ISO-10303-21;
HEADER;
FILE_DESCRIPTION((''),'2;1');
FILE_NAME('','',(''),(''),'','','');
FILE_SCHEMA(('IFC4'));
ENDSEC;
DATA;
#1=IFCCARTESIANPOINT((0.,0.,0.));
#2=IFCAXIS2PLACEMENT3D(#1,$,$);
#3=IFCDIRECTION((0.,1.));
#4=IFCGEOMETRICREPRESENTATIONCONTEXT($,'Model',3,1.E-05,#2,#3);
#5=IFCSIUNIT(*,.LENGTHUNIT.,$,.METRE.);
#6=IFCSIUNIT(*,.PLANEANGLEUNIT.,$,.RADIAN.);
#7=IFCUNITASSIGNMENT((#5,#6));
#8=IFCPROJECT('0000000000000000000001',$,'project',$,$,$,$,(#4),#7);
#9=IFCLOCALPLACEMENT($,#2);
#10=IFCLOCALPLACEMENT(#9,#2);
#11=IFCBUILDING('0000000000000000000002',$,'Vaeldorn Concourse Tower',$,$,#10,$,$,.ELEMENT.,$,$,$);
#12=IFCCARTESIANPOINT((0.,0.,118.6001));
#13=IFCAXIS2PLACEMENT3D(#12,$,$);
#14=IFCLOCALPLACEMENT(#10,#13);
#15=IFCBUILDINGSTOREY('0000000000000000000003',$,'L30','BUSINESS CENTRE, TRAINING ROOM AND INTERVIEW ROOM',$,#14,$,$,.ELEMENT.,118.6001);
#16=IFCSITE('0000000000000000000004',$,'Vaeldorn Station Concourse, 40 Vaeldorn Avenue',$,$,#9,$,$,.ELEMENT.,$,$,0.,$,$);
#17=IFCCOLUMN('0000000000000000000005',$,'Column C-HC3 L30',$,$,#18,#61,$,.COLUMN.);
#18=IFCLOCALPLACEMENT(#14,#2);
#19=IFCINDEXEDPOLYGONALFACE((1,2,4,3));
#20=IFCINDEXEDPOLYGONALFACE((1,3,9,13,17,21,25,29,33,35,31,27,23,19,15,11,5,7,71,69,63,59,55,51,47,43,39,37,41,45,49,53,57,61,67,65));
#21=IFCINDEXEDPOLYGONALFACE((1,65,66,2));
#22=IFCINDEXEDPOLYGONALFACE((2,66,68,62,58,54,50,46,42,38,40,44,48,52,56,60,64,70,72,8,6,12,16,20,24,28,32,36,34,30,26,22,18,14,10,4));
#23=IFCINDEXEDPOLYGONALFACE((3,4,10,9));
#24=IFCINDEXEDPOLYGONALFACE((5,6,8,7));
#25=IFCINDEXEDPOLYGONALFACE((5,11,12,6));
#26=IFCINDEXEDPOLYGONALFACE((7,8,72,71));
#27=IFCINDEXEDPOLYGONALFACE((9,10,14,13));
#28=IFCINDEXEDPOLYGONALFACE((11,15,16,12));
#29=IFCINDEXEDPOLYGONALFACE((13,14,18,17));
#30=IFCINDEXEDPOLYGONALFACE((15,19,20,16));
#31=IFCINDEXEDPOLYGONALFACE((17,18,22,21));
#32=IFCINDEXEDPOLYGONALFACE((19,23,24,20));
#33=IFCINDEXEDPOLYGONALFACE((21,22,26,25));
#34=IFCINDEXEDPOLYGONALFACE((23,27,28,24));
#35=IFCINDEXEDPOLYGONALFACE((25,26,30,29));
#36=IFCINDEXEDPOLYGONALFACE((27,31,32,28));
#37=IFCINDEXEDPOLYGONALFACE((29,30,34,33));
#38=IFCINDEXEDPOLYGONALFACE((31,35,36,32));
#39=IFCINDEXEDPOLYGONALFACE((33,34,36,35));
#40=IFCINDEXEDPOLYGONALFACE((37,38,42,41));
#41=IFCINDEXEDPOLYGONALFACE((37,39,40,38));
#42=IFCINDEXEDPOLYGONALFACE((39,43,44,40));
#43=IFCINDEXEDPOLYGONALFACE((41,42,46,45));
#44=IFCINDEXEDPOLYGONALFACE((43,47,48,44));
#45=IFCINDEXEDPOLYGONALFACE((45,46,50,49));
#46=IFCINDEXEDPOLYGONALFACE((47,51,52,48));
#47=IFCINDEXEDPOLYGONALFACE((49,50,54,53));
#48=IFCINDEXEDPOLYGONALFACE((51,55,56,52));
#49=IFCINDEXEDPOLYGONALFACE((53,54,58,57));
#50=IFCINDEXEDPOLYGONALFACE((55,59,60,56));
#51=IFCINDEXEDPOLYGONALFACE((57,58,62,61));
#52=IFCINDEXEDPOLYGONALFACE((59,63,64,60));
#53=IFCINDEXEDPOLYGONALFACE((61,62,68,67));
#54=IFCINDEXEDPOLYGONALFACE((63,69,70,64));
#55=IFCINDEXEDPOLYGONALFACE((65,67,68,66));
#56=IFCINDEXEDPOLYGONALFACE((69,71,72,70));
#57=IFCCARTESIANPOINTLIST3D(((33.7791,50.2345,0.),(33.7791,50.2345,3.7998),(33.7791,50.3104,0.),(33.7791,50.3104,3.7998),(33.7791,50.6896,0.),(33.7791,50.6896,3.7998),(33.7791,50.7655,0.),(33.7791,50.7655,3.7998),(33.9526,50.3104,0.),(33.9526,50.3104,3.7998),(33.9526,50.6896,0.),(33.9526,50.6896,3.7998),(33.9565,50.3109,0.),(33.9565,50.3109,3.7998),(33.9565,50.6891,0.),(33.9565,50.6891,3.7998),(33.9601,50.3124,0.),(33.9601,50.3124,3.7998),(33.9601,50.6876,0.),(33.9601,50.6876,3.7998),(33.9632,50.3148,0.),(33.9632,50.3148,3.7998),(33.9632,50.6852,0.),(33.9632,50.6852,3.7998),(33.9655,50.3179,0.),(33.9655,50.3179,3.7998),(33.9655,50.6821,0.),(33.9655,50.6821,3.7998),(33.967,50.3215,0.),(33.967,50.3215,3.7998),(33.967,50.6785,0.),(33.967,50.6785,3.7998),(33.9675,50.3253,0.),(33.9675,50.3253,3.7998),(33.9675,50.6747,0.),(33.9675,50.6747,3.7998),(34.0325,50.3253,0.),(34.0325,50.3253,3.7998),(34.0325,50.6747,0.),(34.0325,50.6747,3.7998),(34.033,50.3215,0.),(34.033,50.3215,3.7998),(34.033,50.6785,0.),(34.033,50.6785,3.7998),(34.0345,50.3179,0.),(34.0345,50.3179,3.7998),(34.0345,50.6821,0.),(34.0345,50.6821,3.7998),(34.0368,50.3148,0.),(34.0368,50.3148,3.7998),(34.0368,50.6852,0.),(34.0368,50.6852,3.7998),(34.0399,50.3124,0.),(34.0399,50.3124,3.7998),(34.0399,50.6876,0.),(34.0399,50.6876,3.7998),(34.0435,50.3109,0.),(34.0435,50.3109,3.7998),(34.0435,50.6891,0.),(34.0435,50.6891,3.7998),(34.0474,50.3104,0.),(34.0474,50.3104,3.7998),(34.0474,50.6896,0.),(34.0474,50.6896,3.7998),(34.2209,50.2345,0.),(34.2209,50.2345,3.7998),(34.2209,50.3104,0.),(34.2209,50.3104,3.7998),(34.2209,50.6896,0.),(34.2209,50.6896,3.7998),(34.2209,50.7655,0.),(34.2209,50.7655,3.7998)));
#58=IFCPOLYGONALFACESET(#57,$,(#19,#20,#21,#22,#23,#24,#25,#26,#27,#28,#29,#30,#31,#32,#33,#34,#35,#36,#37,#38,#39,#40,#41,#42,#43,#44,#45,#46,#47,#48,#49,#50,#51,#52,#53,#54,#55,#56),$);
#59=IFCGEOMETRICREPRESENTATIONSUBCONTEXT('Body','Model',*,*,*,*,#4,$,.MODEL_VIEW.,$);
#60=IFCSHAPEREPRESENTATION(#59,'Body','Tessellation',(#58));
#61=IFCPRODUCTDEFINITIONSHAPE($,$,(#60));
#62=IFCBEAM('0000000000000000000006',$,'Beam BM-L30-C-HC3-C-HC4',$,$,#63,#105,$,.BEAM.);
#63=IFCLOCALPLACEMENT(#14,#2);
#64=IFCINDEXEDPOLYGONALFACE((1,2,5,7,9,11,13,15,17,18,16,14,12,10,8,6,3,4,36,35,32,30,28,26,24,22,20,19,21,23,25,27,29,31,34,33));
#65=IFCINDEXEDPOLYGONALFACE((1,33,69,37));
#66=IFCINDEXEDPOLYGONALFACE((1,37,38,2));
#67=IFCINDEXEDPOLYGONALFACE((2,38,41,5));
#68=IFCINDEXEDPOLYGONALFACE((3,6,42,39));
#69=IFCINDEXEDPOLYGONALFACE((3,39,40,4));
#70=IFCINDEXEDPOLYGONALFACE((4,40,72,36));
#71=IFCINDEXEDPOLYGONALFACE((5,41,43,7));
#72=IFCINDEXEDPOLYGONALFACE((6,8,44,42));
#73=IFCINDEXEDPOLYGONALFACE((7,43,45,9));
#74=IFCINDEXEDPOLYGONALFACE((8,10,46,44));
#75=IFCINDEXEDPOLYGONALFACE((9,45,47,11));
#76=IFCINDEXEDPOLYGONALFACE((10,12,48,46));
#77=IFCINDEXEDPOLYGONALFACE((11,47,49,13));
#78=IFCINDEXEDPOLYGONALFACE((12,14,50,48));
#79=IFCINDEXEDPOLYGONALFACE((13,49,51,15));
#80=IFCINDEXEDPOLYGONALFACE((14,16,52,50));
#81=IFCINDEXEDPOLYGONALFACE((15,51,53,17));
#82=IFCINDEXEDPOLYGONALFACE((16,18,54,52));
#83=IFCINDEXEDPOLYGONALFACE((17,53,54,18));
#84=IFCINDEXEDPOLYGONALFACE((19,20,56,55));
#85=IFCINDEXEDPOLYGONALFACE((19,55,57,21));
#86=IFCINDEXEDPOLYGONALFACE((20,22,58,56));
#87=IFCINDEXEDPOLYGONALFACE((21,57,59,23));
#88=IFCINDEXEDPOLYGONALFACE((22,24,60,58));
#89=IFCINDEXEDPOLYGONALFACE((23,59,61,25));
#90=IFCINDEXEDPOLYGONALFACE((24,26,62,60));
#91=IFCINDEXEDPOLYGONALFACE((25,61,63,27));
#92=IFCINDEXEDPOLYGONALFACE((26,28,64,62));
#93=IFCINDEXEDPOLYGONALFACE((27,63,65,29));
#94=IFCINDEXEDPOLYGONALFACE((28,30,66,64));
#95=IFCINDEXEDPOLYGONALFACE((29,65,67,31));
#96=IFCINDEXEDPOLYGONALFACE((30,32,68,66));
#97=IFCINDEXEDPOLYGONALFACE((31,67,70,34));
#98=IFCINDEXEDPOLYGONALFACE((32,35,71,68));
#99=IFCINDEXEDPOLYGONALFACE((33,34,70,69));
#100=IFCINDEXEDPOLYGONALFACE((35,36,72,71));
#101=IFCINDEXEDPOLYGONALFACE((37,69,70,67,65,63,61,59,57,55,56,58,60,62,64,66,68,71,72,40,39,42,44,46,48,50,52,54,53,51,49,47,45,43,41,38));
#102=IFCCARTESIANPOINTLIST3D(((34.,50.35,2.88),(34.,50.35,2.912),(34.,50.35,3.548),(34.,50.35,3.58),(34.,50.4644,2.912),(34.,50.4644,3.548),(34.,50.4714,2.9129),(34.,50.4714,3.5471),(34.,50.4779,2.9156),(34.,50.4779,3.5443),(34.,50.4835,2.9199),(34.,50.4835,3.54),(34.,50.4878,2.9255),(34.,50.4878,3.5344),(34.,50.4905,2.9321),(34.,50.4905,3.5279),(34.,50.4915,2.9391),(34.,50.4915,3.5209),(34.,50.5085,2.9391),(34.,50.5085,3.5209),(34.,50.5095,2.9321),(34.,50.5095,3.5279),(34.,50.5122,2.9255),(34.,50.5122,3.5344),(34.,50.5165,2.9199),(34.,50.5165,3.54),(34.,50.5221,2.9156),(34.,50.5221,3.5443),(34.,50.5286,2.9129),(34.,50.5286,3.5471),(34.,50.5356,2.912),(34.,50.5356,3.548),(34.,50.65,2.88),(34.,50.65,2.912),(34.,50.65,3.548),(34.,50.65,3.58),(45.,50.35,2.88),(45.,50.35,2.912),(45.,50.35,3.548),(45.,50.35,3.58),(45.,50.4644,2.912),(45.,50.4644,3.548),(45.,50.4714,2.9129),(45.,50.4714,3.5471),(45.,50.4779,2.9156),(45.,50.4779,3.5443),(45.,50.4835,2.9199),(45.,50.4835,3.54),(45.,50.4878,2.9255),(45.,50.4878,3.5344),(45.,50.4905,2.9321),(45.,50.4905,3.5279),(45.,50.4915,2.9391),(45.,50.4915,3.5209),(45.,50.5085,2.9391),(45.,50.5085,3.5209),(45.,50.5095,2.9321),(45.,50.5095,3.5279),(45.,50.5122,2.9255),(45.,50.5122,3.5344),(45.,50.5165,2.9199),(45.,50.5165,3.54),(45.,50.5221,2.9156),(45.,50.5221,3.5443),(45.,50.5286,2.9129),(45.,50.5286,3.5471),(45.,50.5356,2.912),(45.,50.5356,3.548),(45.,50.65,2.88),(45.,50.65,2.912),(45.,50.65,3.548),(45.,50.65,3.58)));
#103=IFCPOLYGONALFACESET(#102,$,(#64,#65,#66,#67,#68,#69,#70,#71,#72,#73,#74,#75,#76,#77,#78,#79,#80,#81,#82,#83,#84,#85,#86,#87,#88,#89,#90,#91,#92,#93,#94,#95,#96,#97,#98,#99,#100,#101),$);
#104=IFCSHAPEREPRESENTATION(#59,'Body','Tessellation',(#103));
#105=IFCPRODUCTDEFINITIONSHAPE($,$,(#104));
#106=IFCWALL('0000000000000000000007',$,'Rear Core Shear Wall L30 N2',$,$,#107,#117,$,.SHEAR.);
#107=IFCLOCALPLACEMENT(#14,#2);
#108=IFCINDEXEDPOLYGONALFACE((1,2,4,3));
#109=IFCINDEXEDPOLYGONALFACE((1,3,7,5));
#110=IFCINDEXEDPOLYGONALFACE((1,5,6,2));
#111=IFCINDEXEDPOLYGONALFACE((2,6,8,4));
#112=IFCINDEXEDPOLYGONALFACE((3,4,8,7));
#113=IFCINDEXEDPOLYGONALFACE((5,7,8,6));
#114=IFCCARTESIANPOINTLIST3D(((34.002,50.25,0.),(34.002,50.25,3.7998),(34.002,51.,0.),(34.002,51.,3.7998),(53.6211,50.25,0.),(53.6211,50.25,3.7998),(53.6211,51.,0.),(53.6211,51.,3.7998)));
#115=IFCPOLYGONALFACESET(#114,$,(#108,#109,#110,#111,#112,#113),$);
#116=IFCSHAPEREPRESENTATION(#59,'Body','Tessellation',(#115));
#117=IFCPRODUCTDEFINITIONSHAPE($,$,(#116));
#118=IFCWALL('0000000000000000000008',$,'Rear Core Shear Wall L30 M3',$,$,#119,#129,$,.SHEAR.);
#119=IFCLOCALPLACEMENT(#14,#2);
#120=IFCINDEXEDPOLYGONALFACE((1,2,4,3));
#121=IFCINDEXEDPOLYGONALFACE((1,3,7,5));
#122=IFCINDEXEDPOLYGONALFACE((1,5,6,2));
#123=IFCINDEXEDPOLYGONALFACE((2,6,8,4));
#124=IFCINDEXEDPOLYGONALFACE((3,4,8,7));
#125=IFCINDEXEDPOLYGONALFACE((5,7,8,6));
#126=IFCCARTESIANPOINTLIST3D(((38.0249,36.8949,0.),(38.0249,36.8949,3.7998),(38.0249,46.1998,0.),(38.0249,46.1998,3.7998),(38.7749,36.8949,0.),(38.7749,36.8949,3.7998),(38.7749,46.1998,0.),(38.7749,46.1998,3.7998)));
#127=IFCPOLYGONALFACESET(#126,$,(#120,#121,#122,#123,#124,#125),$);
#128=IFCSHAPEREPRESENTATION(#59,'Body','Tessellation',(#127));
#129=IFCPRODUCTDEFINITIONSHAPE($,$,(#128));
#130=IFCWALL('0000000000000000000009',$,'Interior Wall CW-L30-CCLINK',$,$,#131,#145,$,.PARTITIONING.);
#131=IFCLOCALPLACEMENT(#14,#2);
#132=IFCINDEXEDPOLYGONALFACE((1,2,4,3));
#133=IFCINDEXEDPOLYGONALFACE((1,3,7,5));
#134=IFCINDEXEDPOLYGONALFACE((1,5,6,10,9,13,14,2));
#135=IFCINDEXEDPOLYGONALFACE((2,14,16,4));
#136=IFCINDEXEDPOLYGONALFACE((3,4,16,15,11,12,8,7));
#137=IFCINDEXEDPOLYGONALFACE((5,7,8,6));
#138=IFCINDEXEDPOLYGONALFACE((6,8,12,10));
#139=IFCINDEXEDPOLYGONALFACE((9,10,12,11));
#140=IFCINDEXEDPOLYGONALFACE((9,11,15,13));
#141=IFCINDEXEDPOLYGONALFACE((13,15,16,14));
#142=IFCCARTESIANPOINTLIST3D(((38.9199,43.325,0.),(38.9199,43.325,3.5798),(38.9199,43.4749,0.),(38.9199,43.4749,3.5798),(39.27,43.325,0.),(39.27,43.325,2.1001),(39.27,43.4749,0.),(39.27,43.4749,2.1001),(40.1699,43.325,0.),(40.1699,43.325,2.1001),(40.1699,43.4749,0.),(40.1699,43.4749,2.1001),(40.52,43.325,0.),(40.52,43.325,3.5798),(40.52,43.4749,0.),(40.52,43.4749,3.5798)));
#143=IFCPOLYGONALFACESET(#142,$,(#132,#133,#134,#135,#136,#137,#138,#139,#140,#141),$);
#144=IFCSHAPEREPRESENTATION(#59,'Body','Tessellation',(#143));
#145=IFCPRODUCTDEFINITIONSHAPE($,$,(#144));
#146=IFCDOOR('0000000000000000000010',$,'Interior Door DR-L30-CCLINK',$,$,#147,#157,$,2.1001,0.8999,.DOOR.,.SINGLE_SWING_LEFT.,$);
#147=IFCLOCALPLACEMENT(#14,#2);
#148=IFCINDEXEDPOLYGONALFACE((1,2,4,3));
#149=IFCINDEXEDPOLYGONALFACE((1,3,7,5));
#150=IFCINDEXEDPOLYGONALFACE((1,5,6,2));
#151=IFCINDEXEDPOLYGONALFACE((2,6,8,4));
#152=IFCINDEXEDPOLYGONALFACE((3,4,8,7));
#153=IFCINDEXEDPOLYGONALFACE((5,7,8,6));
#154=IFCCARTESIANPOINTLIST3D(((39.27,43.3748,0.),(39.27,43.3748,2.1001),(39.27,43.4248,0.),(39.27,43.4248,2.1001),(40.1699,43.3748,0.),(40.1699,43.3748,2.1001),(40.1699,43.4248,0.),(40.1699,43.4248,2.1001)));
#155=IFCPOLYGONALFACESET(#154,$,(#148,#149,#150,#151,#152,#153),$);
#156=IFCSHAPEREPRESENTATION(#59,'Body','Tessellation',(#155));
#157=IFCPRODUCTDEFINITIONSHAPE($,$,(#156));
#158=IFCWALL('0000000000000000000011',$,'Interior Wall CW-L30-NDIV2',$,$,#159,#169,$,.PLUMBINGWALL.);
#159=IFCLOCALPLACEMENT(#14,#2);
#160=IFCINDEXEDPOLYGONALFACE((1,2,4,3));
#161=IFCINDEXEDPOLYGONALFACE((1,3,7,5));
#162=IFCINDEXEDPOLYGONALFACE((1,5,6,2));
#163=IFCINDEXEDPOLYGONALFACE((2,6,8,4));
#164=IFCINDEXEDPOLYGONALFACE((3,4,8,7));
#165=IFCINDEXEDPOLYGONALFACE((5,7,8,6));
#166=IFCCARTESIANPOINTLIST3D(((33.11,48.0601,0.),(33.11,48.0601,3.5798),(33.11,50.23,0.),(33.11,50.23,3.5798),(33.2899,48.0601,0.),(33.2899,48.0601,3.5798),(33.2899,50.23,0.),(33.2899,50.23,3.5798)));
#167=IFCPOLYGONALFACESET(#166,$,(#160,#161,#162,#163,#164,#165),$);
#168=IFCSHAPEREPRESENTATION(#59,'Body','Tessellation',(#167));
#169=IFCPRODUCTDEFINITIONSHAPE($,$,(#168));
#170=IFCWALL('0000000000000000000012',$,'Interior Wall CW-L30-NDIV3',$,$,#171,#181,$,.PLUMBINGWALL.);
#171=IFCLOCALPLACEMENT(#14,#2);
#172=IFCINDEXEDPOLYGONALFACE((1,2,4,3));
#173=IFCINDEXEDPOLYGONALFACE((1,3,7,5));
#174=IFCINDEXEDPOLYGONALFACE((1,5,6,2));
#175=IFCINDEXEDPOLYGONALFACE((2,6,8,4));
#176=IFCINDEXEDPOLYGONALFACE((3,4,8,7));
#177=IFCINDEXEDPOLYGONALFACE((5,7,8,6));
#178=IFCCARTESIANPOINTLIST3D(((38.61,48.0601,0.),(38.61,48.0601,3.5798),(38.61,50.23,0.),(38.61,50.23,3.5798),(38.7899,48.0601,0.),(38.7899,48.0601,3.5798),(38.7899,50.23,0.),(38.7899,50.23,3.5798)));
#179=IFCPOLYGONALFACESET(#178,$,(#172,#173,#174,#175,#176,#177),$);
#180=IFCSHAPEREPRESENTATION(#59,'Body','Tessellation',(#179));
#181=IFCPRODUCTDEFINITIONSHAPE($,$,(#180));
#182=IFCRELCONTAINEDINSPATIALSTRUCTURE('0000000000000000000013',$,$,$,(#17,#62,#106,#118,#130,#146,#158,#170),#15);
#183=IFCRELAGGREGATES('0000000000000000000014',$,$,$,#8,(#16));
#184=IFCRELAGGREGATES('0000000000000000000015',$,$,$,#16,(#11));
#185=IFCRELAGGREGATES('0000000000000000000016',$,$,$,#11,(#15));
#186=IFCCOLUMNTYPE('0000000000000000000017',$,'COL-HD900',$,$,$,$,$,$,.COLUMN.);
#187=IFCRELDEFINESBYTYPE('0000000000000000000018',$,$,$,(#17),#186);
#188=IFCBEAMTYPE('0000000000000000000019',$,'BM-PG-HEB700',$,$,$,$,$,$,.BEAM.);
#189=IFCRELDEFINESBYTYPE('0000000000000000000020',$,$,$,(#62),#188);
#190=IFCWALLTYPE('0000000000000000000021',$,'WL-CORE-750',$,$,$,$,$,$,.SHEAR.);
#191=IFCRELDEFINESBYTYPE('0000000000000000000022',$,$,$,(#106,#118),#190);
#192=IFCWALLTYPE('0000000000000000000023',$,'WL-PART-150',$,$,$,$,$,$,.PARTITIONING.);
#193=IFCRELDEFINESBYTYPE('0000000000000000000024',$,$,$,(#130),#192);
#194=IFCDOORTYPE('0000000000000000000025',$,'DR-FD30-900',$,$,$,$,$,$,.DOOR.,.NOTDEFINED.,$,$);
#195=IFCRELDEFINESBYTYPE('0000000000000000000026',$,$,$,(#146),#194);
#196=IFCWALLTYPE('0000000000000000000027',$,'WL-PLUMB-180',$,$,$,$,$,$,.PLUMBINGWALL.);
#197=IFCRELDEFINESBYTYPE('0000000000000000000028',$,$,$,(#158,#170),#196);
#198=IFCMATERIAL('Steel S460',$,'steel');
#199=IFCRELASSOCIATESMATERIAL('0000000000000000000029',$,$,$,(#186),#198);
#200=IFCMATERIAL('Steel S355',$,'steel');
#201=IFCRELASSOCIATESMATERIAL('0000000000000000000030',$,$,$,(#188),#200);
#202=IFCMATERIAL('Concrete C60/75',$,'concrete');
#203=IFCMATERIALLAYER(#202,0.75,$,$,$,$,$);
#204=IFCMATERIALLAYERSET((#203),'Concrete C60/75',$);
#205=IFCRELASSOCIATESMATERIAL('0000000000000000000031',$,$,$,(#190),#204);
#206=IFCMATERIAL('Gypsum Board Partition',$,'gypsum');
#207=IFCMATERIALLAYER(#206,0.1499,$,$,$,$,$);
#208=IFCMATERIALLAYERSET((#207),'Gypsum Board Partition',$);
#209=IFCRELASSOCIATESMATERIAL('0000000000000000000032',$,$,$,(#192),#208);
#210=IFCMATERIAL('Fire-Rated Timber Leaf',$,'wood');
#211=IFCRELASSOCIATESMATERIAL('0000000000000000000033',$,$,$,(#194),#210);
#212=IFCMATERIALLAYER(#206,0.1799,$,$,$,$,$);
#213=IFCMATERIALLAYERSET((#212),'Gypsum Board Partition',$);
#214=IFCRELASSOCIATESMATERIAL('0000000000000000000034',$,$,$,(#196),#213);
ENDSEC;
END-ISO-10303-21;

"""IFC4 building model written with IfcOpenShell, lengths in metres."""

from ifc_helpers import new_model, si_unit, direction, frame, frame_2d, origin, origin_2d, place, context, subcontext, project, spatial, rectangle, i_section, extrude, source, transform, mapped, material, layer, layer_set, material_profile, profile_set, type_object, element, fill, save


model = new_model("IFC4")

# Units and contexts
model_context = context("Model", 3, precision=1e-05, world=origin(), true_north=direction((0.0, 1.0)))
body_context = subcontext(model_context, "Body", "Model", "MODEL_VIEW")
ifc_project = project(units=[si_unit("LENGTHUNIT", "METRE"), si_unit("PLANEANGLEUNIT", "RADIAN")], contexts=[model_context])

# Site, building, storey
site_placement = place(None, origin())
site = spatial("IfcSite", under=ifc_project, at=site_placement, Name="Vaeldorn Station Concourse, 40 Vaeldorn Avenue", CompositionType="ELEMENT", RefElevation=0.0)
building_placement = place(site_placement, origin())
building = spatial("IfcBuilding", under=site, at=building_placement, Name="Vaeldorn Concourse Tower", CompositionType="ELEMENT")
storey_placement = place(building_placement, frame((0.0, 0.0, 118.6001)))
storey = spatial("IfcBuildingStorey", under=building, at=storey_placement, Name="L30", Description="BUSINESS CENTRE, TRAINING ROOM AND INTERVIEW ROOM", CompositionType="ELEMENT", Elevation=118.6001)

# Column
ifc_material_1 = material(Name="Steel S460", Category="steel")
ifc_material_profile_1 = material_profile(ifc_material_1, i_section(OverallWidth=0.4419, OverallDepth=0.531, WebThickness=0.0649, FlangeThickness=0.0759, FilletRadius=0.0149, at=origin_2d()), Name="HD 400x900")
ifc_profile_set_1 = profile_set([ifc_material_profile_1], Name="Steel S460")
column_type = type_object("IfcColumnType", Name="COL-HD900", PredefinedType="COLUMN", material=ifc_profile_set_1)
shared_shape_1 = source(origin(), body_context, "Body", "SweptSolid", [
    extrude(i_section(OverallWidth=0.4419, OverallDepth=0.531, WebThickness=0.0649, FlangeThickness=0.0759, FilletRadius=0.0149, at=origin_2d()), origin(), (0.0, 0.0, 1.0), 3.7998),
])
column_placement = place(storey_placement, frame((34.0, 50.5, 0.0), z_axis=(0.0, 0.0, 1.0), x_axis=(1.0, 0.0, 0.0)))
element("IfcColumn", 1, at=column_placement, inside=storey, type_object=column_type, Name="Column C-HC3 L30", PredefinedType="COLUMN", context=body_context, shape_type="MappedRepresentation", body=[
    mapped(shared_shape_1, transform((0.0, 0.0, 0.0), scale=1.0)),
])

# Beam
ifc_material_2 = material(Name="Steel S355", Category="steel")
ifc_material_profile_2 = material_profile(ifc_material_2, i_section(OverallWidth=0.3, OverallDepth=0.7, WebThickness=0.0171, FlangeThickness=0.032, FilletRadius=0.0271, at=origin_2d()), Name="HEB 700")
ifc_profile_set_2 = profile_set([ifc_material_profile_2], Name="Steel S355")
beam_type = type_object("IfcBeamType", Name="BM-PG-HEB700", PredefinedType="BEAM", material=ifc_profile_set_2)
shared_shape_2 = source(origin(), body_context, "Body", "SweptSolid", [
    extrude(i_section(OverallWidth=0.3, OverallDepth=0.7, WebThickness=0.0171, FlangeThickness=0.032, FilletRadius=0.0271, at=origin_2d()), origin(), (0.0, 0.0, 1.0), 11.0),
])
beam_placement = place(storey_placement, frame((34.0, 50.5, 3.23), z_axis=(1.0, 0.0, 0.0), x_axis=(0.0, 1.0, 0.0)))
element("IfcBeam", 2, at=beam_placement, inside=storey, type_object=beam_type, Name="Beam BM-L30-C-HC3-C-HC4", PredefinedType="BEAM", context=body_context, shape_type="MappedRepresentation", body=[
    mapped(shared_shape_2, transform((0.0, 0.0, 0.0), scale=1.0)),
])

# Walls
ifc_material_3 = material(Name="Concrete C60/75", Category="concrete")
ifc_layer_1 = layer(ifc_material_3, 0.75)
ifc_layer_set_1 = layer_set([ifc_layer_1], Name="Concrete C60/75")
wall_type_1 = type_object("IfcWallType", Name="WL-CORE-750", PredefinedType="SHEAR", material=ifc_layer_set_1)
wall_1_placement = place(storey_placement, frame((34.002, 50.625, 0.0), z_axis=(0.0, 0.0, 1.0), x_axis=(1.0, 0.0, 0.0)))
element("IfcWall", 3, at=wall_1_placement, inside=storey, type_object=wall_type_1, Name="Rear Core Shear Wall L30 N2", PredefinedType="SHEAR", context=body_context, shape_type="SweptSolid", body=[
    extrude(rectangle(XDim=19.6191, YDim=0.75, at=frame_2d((9.8096, 0.0))), origin(), (0.0, 0.0, 1.0), 3.7998),
])
wall_2_placement = place(storey_placement, frame((38.3999, 36.895, 0.0), z_axis=(0.0, 0.0, 1.0), x_axis=(0.0, 1.0, 0.0)))
element("IfcWall", 4, at=wall_2_placement, inside=storey, type_object=wall_type_1, Name="Rear Core Shear Wall L30 M3", PredefinedType="SHEAR", context=body_context, shape_type="SweptSolid", body=[
    extrude(rectangle(XDim=9.3049, YDim=0.75, at=frame_2d((4.6523, 0.0))), origin(), (0.0, 0.0, 1.0), 3.7998),
])

# Wall, opening, door
ifc_material_4 = material(Name="Gypsum Board Partition", Category="gypsum")
ifc_layer_2 = layer(ifc_material_4, 0.1499)
ifc_layer_set_2 = layer_set([ifc_layer_2], Name="Gypsum Board Partition")
wall_type_2 = type_object("IfcWallType", Name="WL-PART-150", PredefinedType="PARTITIONING", material=ifc_layer_set_2)
wall_3_placement = place(storey_placement, frame((38.9199, 43.3999, 0.0), z_axis=(0.0, 0.0, 1.0), x_axis=(1.0, 0.0, 0.0)))
wall_3 = element("IfcWall", 5, at=wall_3_placement, inside=storey, type_object=wall_type_2, Name="Interior Wall CW-L30-CCLINK", PredefinedType="PARTITIONING", context=body_context, shape_type="SweptSolid", body=[
    extrude(rectangle(XDim=1.6001, YDim=0.1499, at=frame_2d((0.8, 0.0))), origin(), (0.0, 0.0, 1.0), 3.5798),
])
opening_1_placement = place(wall_3_placement, frame((0.3501, 0.0, 0.0)))
opening_1 = element("IfcOpeningElement", 6, at=opening_1_placement, cuts=wall_3, PredefinedType="OPENING", context=body_context, shape_type="SweptSolid", body=[
    extrude(rectangle(XDim=0.8999, YDim=2.1001, at=frame_2d((0.45, 1.05))), frame((0.0, 0.085, 0.0), z_axis=(0.0, -1.0, 0.0), x_axis=(1.0, 0.0, 0.0)), (0.0, 0.0, 1.0), 0.1699),
])
ifc_material_5 = material(Name="Fire-Rated Timber Leaf", Category="wood")
door_type_1 = type_object("IfcDoorType", Name="DR-FD30-900", OperationType="NOTDEFINED", PredefinedType="DOOR", material=ifc_material_5)
shared_shape_3 = source(origin(), body_context, "Body", "SweptSolid", [
    extrude(rectangle(XDim=0.8999, YDim=2.1001, at=frame_2d((0.45, 1.05))), frame((0.0, 0.0249, 0.0), z_axis=(0.0, -1.0, 0.0), x_axis=(1.0, 0.0, 0.0)), (0.0, 0.0, 1.0), 0.05),
])
door_1_placement = place(opening_1_placement, origin())
door_1 = element("IfcDoor", 7, at=door_1_placement, inside=storey, type_object=door_type_1, Name="Interior Door DR-L30-CCLINK", OperationType="SINGLE_SWING_LEFT", OverallHeight=2.1001, OverallWidth=0.8999, PredefinedType="DOOR", context=body_context, shape_type="MappedRepresentation", body=[
    mapped(shared_shape_3, transform((0.0, 0.0, 0.0), scale=1.0)),
])
fill(opening_1, door_1)

# Walls
ifc_layer_3 = layer(ifc_material_4, 0.1799)
ifc_layer_set_3 = layer_set([ifc_layer_3], Name="Gypsum Board Partition")
wall_type_3 = type_object("IfcWallType", Name="WL-PLUMB-180", PredefinedType="PLUMBINGWALL", material=ifc_layer_set_3)
for number, where, z_axis, x_axis, name in (
    (8, (33.2, 48.0601, 0.0), (0.0, 0.0, 1.0), (0.0, 1.0, 0.0), "Interior Wall CW-L30-NDIV2"),
    (9, (38.7, 48.0601, 0.0), (0.0, 0.0, 1.0), (0.0, 1.0, 0.0), "Interior Wall CW-L30-NDIV3"),
):
    element("IfcWall", number, at=place(storey_placement, frame(where, z_axis=z_axis, x_axis=x_axis)), inside=storey, type_object=wall_type_3, Name=name, PredefinedType="PLUMBINGWALL", context=body_context, shape_type="SweptSolid", body=[
        extrude(rectangle(XDim=2.1699, YDim=0.1799, at=frame_2d((1.085, 0.0))), origin(), (0.0, 0.0, 1.0), 3.5798),
    ])

save(model, "model.ifc")
